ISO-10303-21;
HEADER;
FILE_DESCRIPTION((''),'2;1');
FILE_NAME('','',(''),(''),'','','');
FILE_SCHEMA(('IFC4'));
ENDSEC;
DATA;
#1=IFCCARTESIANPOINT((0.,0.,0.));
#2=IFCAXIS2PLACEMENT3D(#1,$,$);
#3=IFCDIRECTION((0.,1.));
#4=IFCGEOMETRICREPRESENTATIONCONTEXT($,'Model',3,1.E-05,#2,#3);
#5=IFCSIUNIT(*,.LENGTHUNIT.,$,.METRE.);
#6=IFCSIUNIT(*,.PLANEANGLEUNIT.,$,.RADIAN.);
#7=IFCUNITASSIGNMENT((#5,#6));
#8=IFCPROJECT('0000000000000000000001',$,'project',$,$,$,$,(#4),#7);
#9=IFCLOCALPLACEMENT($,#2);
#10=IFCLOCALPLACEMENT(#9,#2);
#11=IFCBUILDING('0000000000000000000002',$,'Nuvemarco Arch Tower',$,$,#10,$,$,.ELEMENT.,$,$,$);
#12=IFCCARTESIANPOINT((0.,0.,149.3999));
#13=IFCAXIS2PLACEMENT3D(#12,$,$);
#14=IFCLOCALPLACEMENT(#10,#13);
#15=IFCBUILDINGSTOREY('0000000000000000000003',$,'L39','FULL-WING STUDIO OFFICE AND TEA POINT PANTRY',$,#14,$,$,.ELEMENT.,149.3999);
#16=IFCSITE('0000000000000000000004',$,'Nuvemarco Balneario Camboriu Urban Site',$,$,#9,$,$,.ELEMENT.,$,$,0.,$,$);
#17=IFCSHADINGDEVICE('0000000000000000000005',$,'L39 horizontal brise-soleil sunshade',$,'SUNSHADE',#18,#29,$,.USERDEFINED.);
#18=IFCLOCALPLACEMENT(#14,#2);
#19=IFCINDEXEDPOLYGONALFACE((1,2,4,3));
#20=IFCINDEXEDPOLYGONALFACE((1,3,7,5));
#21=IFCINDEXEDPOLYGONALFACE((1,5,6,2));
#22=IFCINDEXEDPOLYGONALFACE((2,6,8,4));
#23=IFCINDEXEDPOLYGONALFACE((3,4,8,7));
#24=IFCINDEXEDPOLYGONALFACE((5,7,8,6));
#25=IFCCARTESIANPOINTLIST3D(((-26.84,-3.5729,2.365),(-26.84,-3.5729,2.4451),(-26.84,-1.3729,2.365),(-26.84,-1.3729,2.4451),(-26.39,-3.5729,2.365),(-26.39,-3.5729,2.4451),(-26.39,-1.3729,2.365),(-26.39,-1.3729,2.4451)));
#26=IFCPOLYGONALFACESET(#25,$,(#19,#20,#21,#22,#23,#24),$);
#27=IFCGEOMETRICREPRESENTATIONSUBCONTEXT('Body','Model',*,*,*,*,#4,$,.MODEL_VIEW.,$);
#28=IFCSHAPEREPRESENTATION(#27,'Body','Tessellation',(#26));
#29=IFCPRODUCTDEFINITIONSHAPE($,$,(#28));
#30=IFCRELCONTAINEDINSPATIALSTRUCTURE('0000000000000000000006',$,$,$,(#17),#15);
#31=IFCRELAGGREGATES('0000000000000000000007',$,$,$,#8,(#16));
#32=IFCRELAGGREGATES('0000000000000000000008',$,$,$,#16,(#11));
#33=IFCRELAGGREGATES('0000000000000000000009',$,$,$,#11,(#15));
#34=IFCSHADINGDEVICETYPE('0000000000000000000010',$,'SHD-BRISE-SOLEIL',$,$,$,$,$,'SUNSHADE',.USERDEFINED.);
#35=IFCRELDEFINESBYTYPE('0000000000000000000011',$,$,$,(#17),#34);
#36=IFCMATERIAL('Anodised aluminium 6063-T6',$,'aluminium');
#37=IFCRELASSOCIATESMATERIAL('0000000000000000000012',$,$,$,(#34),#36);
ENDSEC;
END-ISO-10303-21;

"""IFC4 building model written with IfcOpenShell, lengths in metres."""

from ifc_helpers import new_model, si_unit, direction, frame, origin, origin_2d, place, context, subcontext, project, spatial, rectangle, extrude, source, transform, mapped, material, type_object, type_shapes, element, save


model = new_model("IFC4")

# Units and contexts
model_context = context("Model", 3, precision=1e-05, world=origin(), true_north=direction((0.0, 1.0)))
body_context = subcontext(model_context, "Body", "Model", "MODEL_VIEW")
ifc_project = project(units=[si_unit("LENGTHUNIT", "METRE"), si_unit("PLANEANGLEUNIT", "RADIAN")], contexts=[model_context])

# Site, building, storey
site_placement = place(None, origin())
site = spatial("IfcSite", under=ifc_project, at=site_placement, Name="Nuvemarco Balneario Camboriu Urban Site", CompositionType="ELEMENT", RefElevation=0.0)
building_placement = place(site_placement, origin())
building = spatial("IfcBuilding", under=site, at=building_placement, Name="Nuvemarco Arch Tower", CompositionType="ELEMENT")
storey_placement = place(building_placement, frame((0.0, 0.0, 149.3999)))
storey = spatial("IfcBuildingStorey", under=building, at=storey_placement, Name="L39", Description="FULL-WING STUDIO OFFICE AND TEA POINT PANTRY", CompositionType="ELEMENT", Elevation=149.3999)

# Shading device
ifc_material_1 = material(Name="Anodised aluminium 6063-T6", Category="aluminium")
shading_device_type = type_object("IfcShadingDeviceType", Name="SHD-BRISE-SOLEIL", ElementType="SUNSHADE", PredefinedType="USERDEFINED", material=ifc_material_1)
shared_shape = source(origin(), body_context, "Body", "SweptSolid", [
    extrude(rectangle(XDim=2.2, YDim=0.45, at=origin_2d()), origin(), (0.0, 0.0, 1.0), 0.0801),
])
type_shapes(shading_device_type, [shared_shape])
for number, where, z_axis, x_axis, name in (
    (1, (-26.615, -2.4729, 2.365), (0.0, 0.0, 1.0), (0.0, 1.0, 0.0), "L39 horizontal brise-soleil sunshade"),
):
    element("IfcShadingDevice", number, at=place(storey_placement, frame(where, z_axis=z_axis, x_axis=x_axis)), inside=storey, type_object=shading_device_type, Name=name, ObjectType="SUNSHADE", PredefinedType="USERDEFINED", context=body_context, shape_type="MappedRepresentation", body=[
        mapped(shared_shape, transform((0.0, 0.0, 0.0), scale=1.0)),
    ])

save(model, "model.ifc")
